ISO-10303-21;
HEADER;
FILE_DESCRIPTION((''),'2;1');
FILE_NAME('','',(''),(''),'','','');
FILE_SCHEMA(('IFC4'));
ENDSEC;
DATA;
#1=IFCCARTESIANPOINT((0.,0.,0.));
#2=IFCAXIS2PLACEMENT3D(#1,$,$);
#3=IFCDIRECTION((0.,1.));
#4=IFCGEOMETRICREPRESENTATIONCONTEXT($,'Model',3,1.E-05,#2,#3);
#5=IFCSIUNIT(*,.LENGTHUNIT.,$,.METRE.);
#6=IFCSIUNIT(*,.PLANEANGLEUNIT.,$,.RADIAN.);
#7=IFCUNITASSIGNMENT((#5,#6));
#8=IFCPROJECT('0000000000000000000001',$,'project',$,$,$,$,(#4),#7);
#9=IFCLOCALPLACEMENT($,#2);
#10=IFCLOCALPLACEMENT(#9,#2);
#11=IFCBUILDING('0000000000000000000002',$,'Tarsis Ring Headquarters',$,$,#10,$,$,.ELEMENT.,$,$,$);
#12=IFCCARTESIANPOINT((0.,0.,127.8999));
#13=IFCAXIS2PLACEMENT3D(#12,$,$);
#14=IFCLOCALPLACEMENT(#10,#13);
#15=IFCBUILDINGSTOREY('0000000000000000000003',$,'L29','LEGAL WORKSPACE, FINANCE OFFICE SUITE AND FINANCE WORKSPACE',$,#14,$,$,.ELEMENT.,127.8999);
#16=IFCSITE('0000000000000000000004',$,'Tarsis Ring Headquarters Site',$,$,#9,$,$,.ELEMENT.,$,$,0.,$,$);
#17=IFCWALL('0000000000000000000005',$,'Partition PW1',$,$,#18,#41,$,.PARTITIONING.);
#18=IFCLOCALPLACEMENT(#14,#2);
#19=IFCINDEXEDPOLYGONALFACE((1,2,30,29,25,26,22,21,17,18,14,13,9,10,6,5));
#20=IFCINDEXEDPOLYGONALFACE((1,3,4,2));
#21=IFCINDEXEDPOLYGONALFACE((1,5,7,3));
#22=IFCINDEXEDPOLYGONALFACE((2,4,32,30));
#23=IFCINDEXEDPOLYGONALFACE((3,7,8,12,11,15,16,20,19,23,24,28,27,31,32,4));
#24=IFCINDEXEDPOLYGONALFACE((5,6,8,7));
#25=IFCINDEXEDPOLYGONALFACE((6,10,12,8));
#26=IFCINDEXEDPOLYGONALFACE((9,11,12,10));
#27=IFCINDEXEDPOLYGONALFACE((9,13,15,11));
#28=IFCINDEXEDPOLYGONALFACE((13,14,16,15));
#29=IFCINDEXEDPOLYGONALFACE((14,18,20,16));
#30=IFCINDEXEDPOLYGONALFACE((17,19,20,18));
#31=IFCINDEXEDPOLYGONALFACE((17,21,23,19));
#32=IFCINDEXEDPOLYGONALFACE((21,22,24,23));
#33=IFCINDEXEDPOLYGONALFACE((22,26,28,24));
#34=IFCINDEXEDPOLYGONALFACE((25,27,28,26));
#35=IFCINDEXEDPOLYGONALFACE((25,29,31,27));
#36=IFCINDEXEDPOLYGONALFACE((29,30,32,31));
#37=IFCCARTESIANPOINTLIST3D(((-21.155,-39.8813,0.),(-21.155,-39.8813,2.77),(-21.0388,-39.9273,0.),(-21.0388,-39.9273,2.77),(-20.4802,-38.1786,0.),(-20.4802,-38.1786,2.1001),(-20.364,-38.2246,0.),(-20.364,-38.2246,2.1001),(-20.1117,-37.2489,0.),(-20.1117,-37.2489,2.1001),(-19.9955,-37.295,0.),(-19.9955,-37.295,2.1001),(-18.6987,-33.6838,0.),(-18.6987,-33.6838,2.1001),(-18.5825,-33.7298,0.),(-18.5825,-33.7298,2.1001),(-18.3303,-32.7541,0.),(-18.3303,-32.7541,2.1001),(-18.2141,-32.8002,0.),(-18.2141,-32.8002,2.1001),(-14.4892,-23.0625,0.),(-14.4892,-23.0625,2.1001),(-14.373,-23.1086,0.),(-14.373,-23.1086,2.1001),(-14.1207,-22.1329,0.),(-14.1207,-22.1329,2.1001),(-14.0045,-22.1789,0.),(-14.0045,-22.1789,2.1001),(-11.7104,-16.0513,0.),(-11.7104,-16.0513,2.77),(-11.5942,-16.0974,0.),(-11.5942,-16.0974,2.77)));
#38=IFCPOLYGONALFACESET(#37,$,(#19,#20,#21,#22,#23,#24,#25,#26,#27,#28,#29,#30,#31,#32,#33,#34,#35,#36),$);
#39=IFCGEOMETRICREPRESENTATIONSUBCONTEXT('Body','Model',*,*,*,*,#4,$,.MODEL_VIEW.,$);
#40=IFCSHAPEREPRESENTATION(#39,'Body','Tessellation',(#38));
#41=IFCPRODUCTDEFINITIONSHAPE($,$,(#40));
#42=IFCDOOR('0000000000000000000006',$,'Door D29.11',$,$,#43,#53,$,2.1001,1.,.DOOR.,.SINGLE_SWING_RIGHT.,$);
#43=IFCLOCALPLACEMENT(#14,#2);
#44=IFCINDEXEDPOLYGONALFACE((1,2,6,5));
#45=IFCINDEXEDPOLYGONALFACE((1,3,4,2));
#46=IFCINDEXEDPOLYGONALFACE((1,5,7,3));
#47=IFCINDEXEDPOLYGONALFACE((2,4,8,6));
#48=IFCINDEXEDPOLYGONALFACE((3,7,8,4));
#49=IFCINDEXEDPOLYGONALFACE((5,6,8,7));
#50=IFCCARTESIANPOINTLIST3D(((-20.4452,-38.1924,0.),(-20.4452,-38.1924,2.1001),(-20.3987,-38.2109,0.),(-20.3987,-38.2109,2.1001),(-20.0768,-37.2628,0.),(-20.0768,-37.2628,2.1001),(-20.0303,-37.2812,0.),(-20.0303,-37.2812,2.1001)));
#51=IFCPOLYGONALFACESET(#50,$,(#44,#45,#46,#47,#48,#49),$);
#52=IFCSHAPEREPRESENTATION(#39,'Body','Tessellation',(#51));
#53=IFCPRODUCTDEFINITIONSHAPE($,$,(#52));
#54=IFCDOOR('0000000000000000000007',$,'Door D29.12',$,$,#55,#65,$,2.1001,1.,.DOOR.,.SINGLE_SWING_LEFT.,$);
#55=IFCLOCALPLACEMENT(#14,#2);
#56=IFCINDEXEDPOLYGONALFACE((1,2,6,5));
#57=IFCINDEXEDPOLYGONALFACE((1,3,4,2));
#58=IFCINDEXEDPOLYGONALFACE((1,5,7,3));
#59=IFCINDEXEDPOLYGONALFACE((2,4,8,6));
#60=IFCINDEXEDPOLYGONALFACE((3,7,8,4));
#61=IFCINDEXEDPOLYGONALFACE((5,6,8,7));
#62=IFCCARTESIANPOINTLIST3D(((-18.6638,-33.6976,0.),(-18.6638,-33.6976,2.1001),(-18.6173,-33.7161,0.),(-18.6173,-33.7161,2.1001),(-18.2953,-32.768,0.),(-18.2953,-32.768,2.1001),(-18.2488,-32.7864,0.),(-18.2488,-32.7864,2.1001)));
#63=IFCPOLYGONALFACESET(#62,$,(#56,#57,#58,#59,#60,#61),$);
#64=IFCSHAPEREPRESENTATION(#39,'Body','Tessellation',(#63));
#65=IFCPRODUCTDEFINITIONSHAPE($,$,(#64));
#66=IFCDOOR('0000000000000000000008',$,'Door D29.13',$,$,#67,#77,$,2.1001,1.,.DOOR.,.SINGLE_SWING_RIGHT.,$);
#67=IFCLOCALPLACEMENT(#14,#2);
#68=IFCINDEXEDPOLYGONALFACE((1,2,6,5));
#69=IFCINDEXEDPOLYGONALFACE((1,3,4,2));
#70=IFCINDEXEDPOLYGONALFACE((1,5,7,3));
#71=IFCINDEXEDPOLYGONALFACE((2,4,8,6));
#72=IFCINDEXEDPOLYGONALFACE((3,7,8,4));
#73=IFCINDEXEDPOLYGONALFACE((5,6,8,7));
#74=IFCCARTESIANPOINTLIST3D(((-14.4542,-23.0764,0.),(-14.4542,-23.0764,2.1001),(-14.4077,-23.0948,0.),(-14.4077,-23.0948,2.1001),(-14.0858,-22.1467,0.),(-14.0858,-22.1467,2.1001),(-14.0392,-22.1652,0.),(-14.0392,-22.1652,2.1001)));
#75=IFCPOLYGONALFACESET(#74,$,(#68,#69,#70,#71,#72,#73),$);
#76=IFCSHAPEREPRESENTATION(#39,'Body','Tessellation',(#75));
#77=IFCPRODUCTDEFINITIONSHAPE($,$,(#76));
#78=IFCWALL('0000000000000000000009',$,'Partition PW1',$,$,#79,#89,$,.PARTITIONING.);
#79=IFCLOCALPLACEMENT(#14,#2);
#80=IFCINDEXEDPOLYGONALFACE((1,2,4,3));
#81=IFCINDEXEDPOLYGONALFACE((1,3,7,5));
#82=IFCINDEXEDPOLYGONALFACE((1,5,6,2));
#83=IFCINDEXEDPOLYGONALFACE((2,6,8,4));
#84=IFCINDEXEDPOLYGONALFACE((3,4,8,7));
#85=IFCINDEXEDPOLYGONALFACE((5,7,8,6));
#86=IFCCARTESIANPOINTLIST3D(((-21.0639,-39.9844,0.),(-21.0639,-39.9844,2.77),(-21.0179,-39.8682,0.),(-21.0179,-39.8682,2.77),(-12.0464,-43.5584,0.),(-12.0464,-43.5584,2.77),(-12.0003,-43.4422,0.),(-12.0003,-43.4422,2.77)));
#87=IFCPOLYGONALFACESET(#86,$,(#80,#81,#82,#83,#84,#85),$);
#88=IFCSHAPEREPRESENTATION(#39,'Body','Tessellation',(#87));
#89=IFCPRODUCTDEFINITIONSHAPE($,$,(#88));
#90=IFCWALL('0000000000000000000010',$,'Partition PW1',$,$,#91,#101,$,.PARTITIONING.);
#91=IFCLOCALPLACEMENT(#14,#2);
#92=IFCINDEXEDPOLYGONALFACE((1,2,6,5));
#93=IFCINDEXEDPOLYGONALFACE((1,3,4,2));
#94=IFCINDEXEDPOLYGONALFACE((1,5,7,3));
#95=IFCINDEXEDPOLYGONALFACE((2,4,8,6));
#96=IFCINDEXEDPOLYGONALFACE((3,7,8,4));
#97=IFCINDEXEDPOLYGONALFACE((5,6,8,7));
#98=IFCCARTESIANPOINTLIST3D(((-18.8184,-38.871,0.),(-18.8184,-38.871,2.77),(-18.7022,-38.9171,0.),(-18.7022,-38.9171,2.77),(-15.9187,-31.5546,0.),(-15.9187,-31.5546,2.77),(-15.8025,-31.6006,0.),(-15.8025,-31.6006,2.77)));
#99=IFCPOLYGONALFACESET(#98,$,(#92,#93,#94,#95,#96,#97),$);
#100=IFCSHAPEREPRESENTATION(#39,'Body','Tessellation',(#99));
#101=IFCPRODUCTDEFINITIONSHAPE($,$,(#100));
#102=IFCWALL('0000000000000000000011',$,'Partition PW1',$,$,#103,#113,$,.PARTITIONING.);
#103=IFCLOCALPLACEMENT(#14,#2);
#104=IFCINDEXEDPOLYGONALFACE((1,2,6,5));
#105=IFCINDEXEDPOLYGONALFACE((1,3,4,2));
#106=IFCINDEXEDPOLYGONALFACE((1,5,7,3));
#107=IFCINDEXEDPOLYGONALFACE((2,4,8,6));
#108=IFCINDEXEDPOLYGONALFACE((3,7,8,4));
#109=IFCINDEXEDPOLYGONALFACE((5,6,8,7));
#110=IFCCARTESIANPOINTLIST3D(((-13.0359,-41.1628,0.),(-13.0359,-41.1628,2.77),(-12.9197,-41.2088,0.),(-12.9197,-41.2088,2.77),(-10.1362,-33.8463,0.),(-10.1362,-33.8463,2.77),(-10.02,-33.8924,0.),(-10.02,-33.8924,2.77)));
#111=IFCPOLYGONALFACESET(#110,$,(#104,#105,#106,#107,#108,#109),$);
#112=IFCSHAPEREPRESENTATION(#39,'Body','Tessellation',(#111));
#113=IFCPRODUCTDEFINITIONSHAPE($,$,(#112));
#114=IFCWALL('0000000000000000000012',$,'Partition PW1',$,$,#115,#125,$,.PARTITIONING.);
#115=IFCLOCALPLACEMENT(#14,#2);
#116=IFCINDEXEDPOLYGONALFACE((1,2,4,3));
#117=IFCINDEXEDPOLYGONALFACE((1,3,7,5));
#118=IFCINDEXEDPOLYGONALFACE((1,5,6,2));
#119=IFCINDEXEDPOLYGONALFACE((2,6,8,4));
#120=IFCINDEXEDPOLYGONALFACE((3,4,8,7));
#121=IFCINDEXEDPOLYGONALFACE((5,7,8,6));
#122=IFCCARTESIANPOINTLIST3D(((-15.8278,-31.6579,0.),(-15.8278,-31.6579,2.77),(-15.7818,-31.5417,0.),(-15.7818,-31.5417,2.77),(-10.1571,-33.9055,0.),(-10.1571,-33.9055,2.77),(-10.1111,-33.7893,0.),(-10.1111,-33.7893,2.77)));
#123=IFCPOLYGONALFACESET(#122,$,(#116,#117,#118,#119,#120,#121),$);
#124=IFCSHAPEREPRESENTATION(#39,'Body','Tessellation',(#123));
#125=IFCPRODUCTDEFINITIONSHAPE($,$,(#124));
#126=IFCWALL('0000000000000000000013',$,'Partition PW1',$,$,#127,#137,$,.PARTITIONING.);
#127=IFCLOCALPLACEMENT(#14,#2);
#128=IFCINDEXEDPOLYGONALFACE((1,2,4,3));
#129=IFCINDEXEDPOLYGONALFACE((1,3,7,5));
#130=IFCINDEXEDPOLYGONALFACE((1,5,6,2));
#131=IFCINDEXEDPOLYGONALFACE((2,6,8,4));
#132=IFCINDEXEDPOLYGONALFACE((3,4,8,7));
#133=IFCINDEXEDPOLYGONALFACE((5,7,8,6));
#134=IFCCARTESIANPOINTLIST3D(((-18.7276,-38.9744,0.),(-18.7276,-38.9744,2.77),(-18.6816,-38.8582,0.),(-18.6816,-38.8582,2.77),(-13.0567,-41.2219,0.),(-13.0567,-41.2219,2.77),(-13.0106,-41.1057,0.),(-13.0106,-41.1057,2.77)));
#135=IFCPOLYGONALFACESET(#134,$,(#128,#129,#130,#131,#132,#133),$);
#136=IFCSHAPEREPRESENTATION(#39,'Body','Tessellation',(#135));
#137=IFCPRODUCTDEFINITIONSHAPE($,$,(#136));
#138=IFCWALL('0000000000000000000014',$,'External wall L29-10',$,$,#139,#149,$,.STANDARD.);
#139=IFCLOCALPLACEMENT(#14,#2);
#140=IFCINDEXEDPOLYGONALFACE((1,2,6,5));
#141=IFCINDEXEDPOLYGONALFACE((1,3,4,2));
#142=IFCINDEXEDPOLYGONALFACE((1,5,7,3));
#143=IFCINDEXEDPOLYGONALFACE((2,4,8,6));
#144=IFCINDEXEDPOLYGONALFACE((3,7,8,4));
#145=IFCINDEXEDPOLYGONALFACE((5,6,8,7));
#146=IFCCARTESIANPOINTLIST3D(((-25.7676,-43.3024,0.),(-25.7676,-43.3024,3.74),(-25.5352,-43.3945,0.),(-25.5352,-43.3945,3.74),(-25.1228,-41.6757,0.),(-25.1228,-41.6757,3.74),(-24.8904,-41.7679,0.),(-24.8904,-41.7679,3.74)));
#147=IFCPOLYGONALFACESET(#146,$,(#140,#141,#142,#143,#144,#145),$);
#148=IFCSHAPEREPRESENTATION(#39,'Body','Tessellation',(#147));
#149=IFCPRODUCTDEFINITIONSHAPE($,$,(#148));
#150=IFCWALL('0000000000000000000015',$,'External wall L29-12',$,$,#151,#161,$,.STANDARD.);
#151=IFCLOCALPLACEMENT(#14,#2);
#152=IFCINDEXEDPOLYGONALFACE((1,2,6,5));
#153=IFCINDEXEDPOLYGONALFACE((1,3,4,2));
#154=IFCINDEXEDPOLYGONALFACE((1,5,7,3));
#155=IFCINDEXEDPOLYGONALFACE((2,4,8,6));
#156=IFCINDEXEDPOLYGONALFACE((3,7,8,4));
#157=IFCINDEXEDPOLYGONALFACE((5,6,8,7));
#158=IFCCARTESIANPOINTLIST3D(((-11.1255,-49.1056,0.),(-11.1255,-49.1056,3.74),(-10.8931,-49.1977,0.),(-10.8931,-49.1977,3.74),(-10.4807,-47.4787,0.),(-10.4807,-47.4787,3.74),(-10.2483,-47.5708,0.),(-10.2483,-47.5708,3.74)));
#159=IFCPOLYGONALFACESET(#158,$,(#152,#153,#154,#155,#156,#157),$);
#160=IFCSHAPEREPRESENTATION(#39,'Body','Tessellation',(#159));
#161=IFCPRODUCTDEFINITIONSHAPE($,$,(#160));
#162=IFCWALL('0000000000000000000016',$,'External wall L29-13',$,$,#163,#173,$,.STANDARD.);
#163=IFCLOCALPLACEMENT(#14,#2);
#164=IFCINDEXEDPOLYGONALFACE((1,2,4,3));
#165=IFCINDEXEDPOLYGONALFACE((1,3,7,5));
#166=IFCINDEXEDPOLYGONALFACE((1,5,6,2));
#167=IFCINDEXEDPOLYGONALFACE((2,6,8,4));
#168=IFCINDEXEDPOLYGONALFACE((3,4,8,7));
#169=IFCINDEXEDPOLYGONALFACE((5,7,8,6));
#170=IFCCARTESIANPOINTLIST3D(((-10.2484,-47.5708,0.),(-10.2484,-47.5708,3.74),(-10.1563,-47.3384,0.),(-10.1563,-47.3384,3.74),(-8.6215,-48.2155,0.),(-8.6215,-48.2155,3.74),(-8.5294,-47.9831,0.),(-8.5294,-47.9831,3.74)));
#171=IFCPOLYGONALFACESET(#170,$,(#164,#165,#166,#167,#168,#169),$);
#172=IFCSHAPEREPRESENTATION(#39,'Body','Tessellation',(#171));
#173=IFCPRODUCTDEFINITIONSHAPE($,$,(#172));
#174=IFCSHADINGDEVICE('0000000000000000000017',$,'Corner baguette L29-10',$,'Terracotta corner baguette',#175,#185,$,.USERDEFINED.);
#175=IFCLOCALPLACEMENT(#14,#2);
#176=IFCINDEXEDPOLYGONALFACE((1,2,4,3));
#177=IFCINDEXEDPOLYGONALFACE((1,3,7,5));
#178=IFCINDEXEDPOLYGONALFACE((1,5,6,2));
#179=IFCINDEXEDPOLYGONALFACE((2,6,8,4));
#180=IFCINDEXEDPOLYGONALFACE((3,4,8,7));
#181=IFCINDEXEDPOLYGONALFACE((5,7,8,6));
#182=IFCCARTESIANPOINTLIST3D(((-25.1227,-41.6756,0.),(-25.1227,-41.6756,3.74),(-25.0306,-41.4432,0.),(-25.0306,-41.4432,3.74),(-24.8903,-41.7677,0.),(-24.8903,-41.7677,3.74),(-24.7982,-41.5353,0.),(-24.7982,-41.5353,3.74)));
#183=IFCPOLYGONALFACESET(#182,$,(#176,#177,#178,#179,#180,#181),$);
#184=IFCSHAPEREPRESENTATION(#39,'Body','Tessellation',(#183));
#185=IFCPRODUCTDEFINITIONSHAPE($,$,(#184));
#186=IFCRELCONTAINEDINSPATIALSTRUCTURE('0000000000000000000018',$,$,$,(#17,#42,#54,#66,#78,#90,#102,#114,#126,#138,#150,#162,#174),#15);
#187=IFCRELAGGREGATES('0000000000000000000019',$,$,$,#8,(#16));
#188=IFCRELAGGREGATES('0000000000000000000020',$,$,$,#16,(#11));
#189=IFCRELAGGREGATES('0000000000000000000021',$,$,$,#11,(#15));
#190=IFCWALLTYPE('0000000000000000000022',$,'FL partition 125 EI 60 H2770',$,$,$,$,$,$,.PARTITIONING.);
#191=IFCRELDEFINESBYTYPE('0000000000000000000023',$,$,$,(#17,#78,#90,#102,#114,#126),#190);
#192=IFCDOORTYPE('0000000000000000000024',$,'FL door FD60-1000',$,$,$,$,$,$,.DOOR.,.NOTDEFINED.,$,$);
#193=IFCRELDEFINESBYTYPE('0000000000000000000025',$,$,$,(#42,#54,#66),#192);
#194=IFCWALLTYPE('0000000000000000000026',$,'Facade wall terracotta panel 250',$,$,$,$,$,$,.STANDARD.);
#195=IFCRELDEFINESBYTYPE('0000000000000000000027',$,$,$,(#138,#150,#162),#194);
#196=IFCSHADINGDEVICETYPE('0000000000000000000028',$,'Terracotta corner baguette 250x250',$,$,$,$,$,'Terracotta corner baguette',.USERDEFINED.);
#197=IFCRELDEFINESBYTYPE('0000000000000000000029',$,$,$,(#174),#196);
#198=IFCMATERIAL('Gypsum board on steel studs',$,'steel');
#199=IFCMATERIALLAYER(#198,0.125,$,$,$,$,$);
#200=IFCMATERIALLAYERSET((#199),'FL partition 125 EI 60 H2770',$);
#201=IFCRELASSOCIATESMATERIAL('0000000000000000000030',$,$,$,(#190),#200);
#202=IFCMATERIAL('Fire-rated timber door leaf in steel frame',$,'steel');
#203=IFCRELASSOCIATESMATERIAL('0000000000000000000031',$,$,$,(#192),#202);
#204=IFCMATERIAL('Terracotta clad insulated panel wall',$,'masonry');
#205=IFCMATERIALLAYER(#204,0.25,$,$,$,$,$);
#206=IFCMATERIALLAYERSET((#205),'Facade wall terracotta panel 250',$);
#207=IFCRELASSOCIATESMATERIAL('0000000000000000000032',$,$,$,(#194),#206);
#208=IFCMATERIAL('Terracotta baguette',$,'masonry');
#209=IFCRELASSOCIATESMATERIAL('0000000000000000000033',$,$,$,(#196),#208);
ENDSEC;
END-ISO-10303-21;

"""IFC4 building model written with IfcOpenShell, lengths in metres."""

from ifc_helpers import new_model, si_unit, direction, frame, frame_2d, origin, origin_2d, place, context, subcontext, project, spatial, rectangle, extrude, material, layer, layer_set, type_object, element, fill, save


model = new_model("IFC4")

# Units and contexts
model_context = context("Model", 3, precision=1e-05, world=origin(), true_north=direction((0.0, 1.0)))
body_context = subcontext(model_context, "Body", "Model", "MODEL_VIEW")
ifc_project = project(units=[si_unit("LENGTHUNIT", "METRE"), si_unit("PLANEANGLEUNIT", "RADIAN")], contexts=[model_context])

# Site, building, storey
site_placement = place(None, origin())
site = spatial("IfcSite", under=ifc_project, at=site_placement, Name="Tarsis Ring Headquarters Site", CompositionType="ELEMENT", RefElevation=0.0)
building_placement = place(site_placement, origin())
building = spatial("IfcBuilding", under=site, at=building_placement, Name="Tarsis Ring Headquarters", CompositionType="ELEMENT")
storey_placement = place(building_placement, frame((0.0, 0.0, 127.8999)))
storey = spatial("IfcBuildingStorey", under=building, at=storey_placement, Name="L29", Description="LEGAL WORKSPACE, FINANCE OFFICE SUITE AND FINANCE WORKSPACE", CompositionType="ELEMENT", Elevation=127.8999)

# Shared definitions
ifc_material_1 = material(Name="Gypsum board on steel studs", Category="steel")

# Shared definitions
ifc_layer_1 = layer(ifc_material_1, 0.125)
ifc_layer_set_1 = layer_set([ifc_layer_1], Name="FL partition 125 EI 60 H2770")
wall_type_1 = type_object("IfcWallType", Name="FL partition 125 EI 60 H2770", PredefinedType="PARTITIONING", material=ifc_layer_set_1)
ifc_material_2 = material(Name="Fire-rated timber door leaf in steel frame", Category="steel")

# Wall, openings, doors
wall_1_placement = place(storey_placement, frame((-21.0969, -39.9043, 0.0), z_axis=(0.0, 0.0, 1.0), x_axis=(0.368451, 0.929647, 0.0)))
wall_1 = element("IfcWall", 1, at=wall_1_placement, inside=storey, type_object=wall_type_1, Name="Partition PW1", PredefinedType="PARTITIONING", context=body_context, shape_type="SweptSolid", body=[
    extrude(rectangle(XDim=25.6333, YDim=0.125, at=frame_2d((12.8167, 0.0))), origin(), (0.0, 0.0, 1.0), 2.77),
])
opening_1_placement = place(wall_1_placement, frame((1.8315, 0.0, 0.0)))
opening_1 = element("IfcOpeningElement", 2, at=opening_1_placement, cuts=wall_1, PredefinedType="OPENING", context=body_context, shape_type="SweptSolid", body=[
    extrude(rectangle(XDim=1.0, YDim=2.1001, at=frame_2d((0.5, 1.05))), frame((0.0, 0.0725, 0.0), z_axis=(0.0, -1.0, 0.0), x_axis=(1.0, 0.0, 0.0)), (0.0, 0.0, 1.0), 0.145),
])
opening_2_placement = place(wall_1_placement, frame((6.6665, 0.0, 0.0)))
opening_2 = element("IfcOpeningElement", 3, at=opening_2_placement, cuts=wall_1, PredefinedType="OPENING", context=body_context, shape_type="SweptSolid", body=[
    extrude(rectangle(XDim=1.0, YDim=2.1001, at=frame_2d((0.5, 1.05))), frame((0.0, 0.0725, 0.0), z_axis=(0.0, -1.0, 0.0), x_axis=(1.0, 0.0, 0.0)), (0.0, 0.0, 1.0), 0.145),
])
opening_3_placement = place(wall_1_placement, frame((18.0916, 0.0, 0.0)))
opening_3 = element("IfcOpeningElement", 4, at=opening_3_placement, cuts=wall_1, PredefinedType="OPENING", context=body_context, shape_type="SweptSolid", body=[
    extrude(rectangle(XDim=1.0, YDim=2.1001, at=frame_2d((0.5, 1.05))), frame((0.0, 0.0725, 0.0), z_axis=(0.0, -1.0, 0.0), x_axis=(1.0, 0.0, 0.0)), (0.0, 0.0, 1.0), 0.145),
])
door_type_1 = type_object("IfcDoorType", Name="FL door FD60-1000", OperationType="NOTDEFINED", PredefinedType="DOOR", material=ifc_material_2)
door_1_placement = place(opening_1_placement, origin())
door_1 = element("IfcDoor", 5, at=door_1_placement, inside=storey, type_object=door_type_1, Name="Door D29.11", OperationType="SINGLE_SWING_RIGHT", OverallHeight=2.1001, OverallWidth=1.0, PredefinedType="DOOR", context=body_context, shape_type="SweptSolid", body=[
    extrude(rectangle(XDim=1.0, YDim=2.1001, at=frame_2d((0.5, 1.05))), frame((0.0, 0.0249, 0.0), z_axis=(0.0, -1.0, 0.0), x_axis=(1.0, 0.0, 0.0)), (0.0, 0.0, 1.0), 0.05),
])
fill(opening_1, door_1)
door_2_placement = place(opening_2_placement, origin())
door_2 = element("IfcDoor", 6, at=door_2_placement, inside=storey, type_object=door_type_1, Name="Door D29.12", OperationType="SINGLE_SWING_LEFT", OverallHeight=2.1001, OverallWidth=1.0, PredefinedType="DOOR", context=body_context, shape_type="SweptSolid", body=[
    extrude(rectangle(XDim=1.0, YDim=2.1001, at=frame_2d((0.5, 1.05))), frame((0.0, 0.0249, 0.0), z_axis=(0.0, -1.0, 0.0), x_axis=(1.0, 0.0, 0.0)), (0.0, 0.0, 1.0), 0.05),
])
fill(opening_2, door_2)
door_3_placement = place(opening_3_placement, origin())
door_3 = element("IfcDoor", 7, at=door_3_placement, inside=storey, type_object=door_type_1, Name="Door D29.13", OperationType="SINGLE_SWING_RIGHT", OverallHeight=2.1001, OverallWidth=1.0, PredefinedType="DOOR", context=body_context, shape_type="SweptSolid", body=[
    extrude(rectangle(XDim=1.0, YDim=2.1001, at=frame_2d((0.5, 1.05))), frame((0.0, 0.0249, 0.0), z_axis=(0.0, -1.0, 0.0), x_axis=(1.0, 0.0, 0.0)), (0.0, 0.0, 1.0), 0.05),
])
fill(opening_3, door_3)

# Walls
wall_2_placement = place(storey_placement, frame((-21.041, -39.9263, 0.0), z_axis=(0.0, 0.0, 1.0), x_axis=(0.929647, -0.368451, 0.0)))
element("IfcWall", 8, at=wall_2_placement, inside=storey, type_object=wall_type_1, Name="Partition PW1", PredefinedType="PARTITIONING", context=body_context, shape_type="SweptSolid", body=[
    extrude(rectangle(XDim=9.7, YDim=0.125, at=frame_2d((4.8501, 0.0))), origin(), (0.0, 0.0, 1.0), 2.77),
])
for number, where, z_axis, x_axis, name in (
    (9, (-18.7603, -38.894, 0.0), (0.0, 0.0, 1.0), (0.368442, 0.929651, 0.0), "Partition PW1"),
    (10, (-12.9778, -41.1858, 0.0), (0.0, 0.0, 1.0), (0.368442, 0.929651, 0.0), "Partition PW1"),
):
    element("IfcWall", number, at=place(storey_placement, frame(where, z_axis=z_axis, x_axis=x_axis)), inside=storey, type_object=wall_type_1, Name=name, PredefinedType="PARTITIONING", context=body_context, shape_type="SweptSolid", body=[
        extrude(rectangle(XDim=7.8701, YDim=0.125, at=frame_2d((3.9351, 0.0))), origin(), (0.0, 0.0, 1.0), 2.77),
    ])
wall_3_placement = place(storey_placement, frame((-15.8047, -31.5999, 0.0), z_axis=(0.0, 0.0, 1.0), x_axis=(0.929642, -0.368463, 0.0)))
element("IfcWall", 11, at=wall_3_placement, inside=storey, type_object=wall_type_1, Name="Partition PW1", PredefinedType="PARTITIONING", context=body_context, shape_type="SweptSolid", body=[
    extrude(rectangle(XDim=6.0999, YDim=0.125, at=frame_2d((3.0498, 0.0))), origin(), (0.0, 0.0, 1.0), 2.77),
])
wall_4_placement = place(storey_placement, frame((-18.7046, -38.9163, 0.0), z_axis=(0.0, 0.0, 1.0), x_axis=(0.929648, -0.368449, 0.0)))
element("IfcWall", 12, at=wall_4_placement, inside=storey, type_object=wall_type_1, Name="Partition PW1", PredefinedType="PARTITIONING", context=body_context, shape_type="SweptSolid", body=[
    extrude(rectangle(XDim=6.1001, YDim=0.125, at=frame_2d((3.05, 0.0))), origin(), (0.0, 0.0, 1.0), 2.77),
])
ifc_material_3 = material(Name="Terracotta clad insulated panel wall", Category="masonry")
ifc_layer_2 = layer(ifc_material_3, 0.25)
ifc_layer_set_2 = layer_set([ifc_layer_2], Name="Facade wall terracotta panel 250")
wall_type_2 = type_object("IfcWallType", Name="Facade wall terracotta panel 250", PredefinedType="STANDARD", material=ifc_layer_set_2)
wall_5_placement = place(storey_placement, frame((-25.0066, -41.7217, 0.0), z_axis=(0.0, 0.0, 1.0), x_axis=(-0.368478, -0.929636, 0.0)))
element("IfcWall", 13, at=wall_5_placement, inside=storey, type_object=wall_type_2, Name="External wall L29-10", PredefinedType="STANDARD", context=body_context, shape_type="SweptSolid", body=[
    extrude(rectangle(XDim=1.7498, YDim=0.25, at=frame_2d((0.875, 0.0))), origin(), (0.0, 0.0, 1.0), 3.74),
])
for number, where, z_axis, x_axis, name in (
    (14, (-11.0093, -49.1516, 0.0), (0.0, 0.0, 1.0), (0.36843, 0.929655, 0.0), "External wall L29-12"),
    (15, (-10.2024, -47.4546, 0.0), (0.0, 0.0, 1.0), (0.929655, -0.36843, 0.0), "External wall L29-13"),
):
    element("IfcWall", number, at=place(storey_placement, frame(where, z_axis=z_axis, x_axis=x_axis)), inside=storey, type_object=wall_type_2, Name=name, PredefinedType="STANDARD", context=body_context, shape_type="SweptSolid", body=[
        extrude(rectangle(XDim=1.75, YDim=0.25, at=frame_2d((0.875, 0.0))), origin(), (0.0, 0.0, 1.0), 3.74),
    ])

# Shading device
ifc_material_4 = material(Name="Terracotta baguette", Category="masonry")
shading_device_type_1 = type_object("IfcShadingDeviceType", Name="Terracotta corner baguette 250x250", ElementType="Terracotta corner baguette", PredefinedType="USERDEFINED", material=ifc_material_4)
for number, where, z_axis, x_axis, name in (
    (16, (-24.9604, -41.6055, 0.0), (0.0, 0.0, 1.0), (0.929648, -0.36845, 0.0), "Corner baguette L29-10"),
):
    element("IfcShadingDevice", number, at=place(storey_placement, frame(where, z_axis=z_axis, x_axis=x_axis)), inside=storey, type_object=shading_device_type_1, Name=name, ObjectType="Terracotta corner baguette", PredefinedType="USERDEFINED", context=body_context, shape_type="SweptSolid", body=[
        extrude(rectangle(XDim=0.25, YDim=0.25, at=origin_2d()), origin(), (0.0, 0.0, 1.0), 3.74),
    ])

save(model, "model.ifc")
